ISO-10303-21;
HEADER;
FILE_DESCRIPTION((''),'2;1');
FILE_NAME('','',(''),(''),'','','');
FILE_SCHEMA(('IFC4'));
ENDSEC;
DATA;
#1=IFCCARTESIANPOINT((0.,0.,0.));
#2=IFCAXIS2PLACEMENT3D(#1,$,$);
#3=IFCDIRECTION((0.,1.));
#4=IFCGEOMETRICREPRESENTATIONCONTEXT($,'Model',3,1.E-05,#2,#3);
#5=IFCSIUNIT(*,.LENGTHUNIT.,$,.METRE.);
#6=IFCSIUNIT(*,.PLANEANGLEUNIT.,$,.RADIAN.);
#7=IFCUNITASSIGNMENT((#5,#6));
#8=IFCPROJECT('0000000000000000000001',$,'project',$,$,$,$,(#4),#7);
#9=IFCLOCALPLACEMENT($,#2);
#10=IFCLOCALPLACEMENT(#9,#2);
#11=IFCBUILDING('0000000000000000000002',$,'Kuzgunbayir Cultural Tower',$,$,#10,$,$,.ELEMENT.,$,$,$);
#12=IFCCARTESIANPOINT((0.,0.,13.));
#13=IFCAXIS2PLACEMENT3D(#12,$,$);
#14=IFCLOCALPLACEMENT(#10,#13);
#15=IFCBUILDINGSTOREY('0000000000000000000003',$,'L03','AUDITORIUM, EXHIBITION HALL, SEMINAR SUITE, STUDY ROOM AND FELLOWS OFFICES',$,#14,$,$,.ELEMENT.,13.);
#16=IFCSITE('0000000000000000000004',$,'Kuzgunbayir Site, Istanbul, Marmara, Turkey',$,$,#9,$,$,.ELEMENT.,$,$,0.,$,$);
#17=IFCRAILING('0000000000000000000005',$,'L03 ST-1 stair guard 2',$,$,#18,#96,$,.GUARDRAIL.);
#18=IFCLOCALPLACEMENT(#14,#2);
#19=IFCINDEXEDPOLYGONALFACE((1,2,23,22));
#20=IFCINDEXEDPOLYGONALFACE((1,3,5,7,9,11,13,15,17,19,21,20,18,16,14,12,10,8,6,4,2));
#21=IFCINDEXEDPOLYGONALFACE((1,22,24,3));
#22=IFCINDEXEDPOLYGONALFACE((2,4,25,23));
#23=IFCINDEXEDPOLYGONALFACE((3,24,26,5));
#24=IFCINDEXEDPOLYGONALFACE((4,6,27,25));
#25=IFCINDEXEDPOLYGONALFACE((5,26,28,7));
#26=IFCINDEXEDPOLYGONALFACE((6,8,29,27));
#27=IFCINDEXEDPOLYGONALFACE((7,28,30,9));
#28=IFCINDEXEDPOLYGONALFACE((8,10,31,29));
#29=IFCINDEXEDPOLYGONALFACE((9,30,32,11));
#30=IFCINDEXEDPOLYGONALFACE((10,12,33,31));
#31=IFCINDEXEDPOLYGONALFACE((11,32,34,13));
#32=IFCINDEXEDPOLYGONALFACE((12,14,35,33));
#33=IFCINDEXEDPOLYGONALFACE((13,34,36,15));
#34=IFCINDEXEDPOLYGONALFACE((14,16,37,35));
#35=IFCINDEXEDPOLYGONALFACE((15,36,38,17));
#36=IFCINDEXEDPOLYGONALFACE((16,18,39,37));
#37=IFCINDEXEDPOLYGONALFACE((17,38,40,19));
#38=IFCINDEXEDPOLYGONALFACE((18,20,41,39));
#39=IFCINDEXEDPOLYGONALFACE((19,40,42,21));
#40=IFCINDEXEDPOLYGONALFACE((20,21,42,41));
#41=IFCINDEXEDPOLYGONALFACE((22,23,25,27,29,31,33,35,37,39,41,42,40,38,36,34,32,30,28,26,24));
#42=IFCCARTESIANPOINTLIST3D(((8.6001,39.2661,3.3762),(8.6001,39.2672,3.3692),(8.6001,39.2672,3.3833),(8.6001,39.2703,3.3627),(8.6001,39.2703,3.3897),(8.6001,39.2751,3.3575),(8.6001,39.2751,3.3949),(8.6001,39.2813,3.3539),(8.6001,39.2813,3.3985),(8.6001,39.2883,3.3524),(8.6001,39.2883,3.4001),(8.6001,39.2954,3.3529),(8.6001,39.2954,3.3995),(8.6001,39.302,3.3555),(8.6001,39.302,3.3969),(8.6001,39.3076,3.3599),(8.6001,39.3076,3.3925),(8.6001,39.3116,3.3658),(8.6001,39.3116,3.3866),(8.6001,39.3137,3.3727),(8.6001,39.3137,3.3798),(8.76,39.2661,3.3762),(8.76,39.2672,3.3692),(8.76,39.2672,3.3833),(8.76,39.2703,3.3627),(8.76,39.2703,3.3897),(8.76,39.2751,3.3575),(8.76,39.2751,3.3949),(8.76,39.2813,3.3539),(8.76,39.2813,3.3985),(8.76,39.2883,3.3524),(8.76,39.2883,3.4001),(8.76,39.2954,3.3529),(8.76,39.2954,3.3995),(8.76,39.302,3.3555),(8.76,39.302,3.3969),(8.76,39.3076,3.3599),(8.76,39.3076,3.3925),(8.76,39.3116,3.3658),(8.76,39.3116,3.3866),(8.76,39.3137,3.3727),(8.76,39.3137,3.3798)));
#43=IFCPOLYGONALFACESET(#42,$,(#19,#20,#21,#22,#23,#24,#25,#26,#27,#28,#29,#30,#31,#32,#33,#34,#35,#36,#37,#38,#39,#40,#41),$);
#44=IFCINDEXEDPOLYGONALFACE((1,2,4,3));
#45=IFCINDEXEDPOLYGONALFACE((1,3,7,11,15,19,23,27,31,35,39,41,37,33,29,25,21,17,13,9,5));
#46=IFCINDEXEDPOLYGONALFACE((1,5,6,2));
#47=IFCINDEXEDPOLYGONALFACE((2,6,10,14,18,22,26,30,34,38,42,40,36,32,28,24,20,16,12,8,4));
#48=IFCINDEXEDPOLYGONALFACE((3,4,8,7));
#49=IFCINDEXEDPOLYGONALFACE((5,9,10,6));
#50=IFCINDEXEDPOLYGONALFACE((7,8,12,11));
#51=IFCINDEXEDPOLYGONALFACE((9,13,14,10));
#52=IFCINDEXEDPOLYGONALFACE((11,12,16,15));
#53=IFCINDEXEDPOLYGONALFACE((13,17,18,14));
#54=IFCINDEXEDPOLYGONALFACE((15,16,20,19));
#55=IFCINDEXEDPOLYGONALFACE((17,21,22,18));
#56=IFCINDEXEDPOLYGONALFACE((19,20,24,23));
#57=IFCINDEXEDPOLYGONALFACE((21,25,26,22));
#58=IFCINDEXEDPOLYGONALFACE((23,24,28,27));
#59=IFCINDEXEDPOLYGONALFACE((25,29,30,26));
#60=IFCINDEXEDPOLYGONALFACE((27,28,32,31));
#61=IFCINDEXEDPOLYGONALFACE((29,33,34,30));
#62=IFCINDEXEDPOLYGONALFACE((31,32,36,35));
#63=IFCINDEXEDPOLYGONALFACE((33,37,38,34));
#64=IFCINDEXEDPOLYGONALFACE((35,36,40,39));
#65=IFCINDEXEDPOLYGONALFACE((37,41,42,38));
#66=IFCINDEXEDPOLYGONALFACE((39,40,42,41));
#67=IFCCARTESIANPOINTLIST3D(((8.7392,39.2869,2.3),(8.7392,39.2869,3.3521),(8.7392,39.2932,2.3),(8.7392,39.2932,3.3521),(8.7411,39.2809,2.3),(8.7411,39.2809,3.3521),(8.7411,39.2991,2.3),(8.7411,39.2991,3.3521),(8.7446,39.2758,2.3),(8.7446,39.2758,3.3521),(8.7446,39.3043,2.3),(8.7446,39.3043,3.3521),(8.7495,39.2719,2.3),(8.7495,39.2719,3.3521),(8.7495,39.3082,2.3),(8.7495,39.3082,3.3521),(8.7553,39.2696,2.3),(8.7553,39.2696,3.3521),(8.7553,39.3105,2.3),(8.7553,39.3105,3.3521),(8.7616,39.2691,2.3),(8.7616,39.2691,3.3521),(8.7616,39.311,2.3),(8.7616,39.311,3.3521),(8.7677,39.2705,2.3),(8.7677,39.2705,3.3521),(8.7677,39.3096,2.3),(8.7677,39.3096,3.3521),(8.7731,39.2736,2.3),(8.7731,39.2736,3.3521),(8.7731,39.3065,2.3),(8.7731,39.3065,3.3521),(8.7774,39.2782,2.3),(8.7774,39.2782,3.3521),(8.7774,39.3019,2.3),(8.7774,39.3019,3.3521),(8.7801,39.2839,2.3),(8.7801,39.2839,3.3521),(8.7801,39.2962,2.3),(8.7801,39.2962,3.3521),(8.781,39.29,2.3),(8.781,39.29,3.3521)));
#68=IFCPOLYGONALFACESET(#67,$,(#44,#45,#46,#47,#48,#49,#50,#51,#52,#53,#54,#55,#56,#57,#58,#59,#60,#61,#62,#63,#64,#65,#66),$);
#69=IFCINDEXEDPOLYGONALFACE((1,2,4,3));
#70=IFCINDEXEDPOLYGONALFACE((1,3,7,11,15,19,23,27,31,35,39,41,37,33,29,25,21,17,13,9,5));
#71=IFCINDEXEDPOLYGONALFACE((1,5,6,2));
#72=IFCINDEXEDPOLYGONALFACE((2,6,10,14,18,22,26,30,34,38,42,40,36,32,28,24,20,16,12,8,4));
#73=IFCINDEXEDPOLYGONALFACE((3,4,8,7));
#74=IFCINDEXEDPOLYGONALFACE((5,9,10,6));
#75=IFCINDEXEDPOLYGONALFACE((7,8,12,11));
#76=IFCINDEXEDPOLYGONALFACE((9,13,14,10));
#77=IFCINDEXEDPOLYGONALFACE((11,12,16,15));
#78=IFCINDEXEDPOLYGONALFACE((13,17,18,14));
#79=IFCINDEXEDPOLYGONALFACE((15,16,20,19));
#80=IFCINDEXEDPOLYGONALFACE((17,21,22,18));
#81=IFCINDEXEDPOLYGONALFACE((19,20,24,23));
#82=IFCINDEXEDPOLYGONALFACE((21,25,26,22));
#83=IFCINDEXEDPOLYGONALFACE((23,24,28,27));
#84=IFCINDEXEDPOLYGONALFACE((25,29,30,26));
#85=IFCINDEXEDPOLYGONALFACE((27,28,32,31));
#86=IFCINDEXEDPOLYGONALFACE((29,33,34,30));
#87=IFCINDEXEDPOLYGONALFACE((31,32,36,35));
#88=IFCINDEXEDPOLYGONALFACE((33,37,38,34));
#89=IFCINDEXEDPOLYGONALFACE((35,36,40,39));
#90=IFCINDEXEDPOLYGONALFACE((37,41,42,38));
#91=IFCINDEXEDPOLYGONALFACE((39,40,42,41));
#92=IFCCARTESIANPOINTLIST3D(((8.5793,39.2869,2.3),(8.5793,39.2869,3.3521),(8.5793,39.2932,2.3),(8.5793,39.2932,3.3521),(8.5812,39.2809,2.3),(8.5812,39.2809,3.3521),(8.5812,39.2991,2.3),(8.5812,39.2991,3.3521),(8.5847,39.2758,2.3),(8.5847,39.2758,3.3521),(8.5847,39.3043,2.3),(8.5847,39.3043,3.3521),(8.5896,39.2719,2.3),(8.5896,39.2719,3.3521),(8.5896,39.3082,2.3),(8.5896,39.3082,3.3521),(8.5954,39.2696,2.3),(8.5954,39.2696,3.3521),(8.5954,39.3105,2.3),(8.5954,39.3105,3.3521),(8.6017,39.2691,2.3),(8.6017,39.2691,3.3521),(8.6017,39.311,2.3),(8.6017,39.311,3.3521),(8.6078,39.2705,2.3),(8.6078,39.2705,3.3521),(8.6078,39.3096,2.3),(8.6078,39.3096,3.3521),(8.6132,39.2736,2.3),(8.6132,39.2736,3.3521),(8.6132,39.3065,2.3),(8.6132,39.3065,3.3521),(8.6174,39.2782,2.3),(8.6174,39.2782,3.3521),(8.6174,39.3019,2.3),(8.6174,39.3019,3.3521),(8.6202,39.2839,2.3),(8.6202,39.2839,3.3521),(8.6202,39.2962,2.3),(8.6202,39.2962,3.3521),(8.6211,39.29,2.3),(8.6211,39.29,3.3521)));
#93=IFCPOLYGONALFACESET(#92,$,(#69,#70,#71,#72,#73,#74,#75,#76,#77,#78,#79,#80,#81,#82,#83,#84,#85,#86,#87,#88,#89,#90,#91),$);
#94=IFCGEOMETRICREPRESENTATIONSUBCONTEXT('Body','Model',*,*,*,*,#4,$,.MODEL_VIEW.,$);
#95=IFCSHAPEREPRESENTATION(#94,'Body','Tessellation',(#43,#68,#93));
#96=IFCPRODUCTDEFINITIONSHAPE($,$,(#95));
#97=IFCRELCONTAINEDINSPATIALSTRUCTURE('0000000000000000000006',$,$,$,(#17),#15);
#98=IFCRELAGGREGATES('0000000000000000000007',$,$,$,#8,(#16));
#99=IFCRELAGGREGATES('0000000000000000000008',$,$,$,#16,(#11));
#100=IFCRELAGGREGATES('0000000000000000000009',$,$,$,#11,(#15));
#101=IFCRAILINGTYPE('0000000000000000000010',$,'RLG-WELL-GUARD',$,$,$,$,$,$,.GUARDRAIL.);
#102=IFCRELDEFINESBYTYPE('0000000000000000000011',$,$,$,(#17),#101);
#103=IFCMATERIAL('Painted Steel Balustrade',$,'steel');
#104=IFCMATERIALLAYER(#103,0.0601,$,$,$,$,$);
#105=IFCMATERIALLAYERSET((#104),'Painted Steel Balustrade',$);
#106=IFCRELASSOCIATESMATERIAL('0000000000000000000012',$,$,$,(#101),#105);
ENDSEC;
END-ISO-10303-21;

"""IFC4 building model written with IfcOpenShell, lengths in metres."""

from ifc_helpers import new_model, si_unit, direction, frame, origin, origin_2d, place, context, subcontext, project, spatial, circle, extrude, material, layer, layer_set, type_object, element, save


model = new_model("IFC4")

# Units and contexts
model_context = context("Model", 3, precision=1e-05, world=origin(), true_north=direction((0.0, 1.0)))
body_context = subcontext(model_context, "Body", "Model", "MODEL_VIEW")
ifc_project = project(units=[si_unit("LENGTHUNIT", "METRE"), si_unit("PLANEANGLEUNIT", "RADIAN")], contexts=[model_context])

# Site, building, storey
site_placement = place(None, origin())
site = spatial("IfcSite", under=ifc_project, at=site_placement, Name="Kuzgunbayir Site, Istanbul, Marmara, Turkey", CompositionType="ELEMENT", RefElevation=0.0)
building_placement = place(site_placement, origin())
building = spatial("IfcBuilding", under=site, at=building_placement, Name="Kuzgunbayir Cultural Tower", CompositionType="ELEMENT")
storey_placement = place(building_placement, frame((0.0, 0.0, 13.0)))
storey = spatial("IfcBuildingStorey", under=building, at=storey_placement, Name="L03", Description="AUDITORIUM, EXHIBITION HALL, SEMINAR SUITE, STUDY ROOM AND FELLOWS OFFICES", CompositionType="ELEMENT", Elevation=13.0)

# Railing
ifc_material_1 = material(Name="Painted Steel Balustrade", Category="steel")
ifc_layer_1 = layer(ifc_material_1, 0.0601)
ifc_layer_set_1 = layer_set([ifc_layer_1], Name="Painted Steel Balustrade")
railing_type_1 = type_object("IfcRailingType", Name="RLG-WELL-GUARD", PredefinedType="GUARDRAIL", material=ifc_layer_set_1)
railing_1_placement = place(storey_placement, frame((8.76, 39.29, 2.3)))
element("IfcRailing", 1, at=railing_1_placement, inside=storey, type_object=railing_type_1, Name="L03 ST-1 stair guard 2", PredefinedType="GUARDRAIL", context=body_context, shape_type="SweptSolid", body=[
    extrude(circle(Radius=0.0239, at=origin_2d()), frame((0.0, 0.0, 1.0762), z_axis=(-1.0, 0.0, 0.0), x_axis=(0.0, -1.0, 0.0)), (0.0, 0.0, 1.0), 0.1599),
    extrude(circle(Radius=0.021, at=origin_2d()), origin(), (0.0, 0.0, 1.0), 1.052),
    extrude(circle(Radius=0.021, at=origin_2d()), frame((-0.1599, 0.0, 0.0)), (0.0, 0.0, 1.0), 1.052),
])

save(model, "model.ifc")
